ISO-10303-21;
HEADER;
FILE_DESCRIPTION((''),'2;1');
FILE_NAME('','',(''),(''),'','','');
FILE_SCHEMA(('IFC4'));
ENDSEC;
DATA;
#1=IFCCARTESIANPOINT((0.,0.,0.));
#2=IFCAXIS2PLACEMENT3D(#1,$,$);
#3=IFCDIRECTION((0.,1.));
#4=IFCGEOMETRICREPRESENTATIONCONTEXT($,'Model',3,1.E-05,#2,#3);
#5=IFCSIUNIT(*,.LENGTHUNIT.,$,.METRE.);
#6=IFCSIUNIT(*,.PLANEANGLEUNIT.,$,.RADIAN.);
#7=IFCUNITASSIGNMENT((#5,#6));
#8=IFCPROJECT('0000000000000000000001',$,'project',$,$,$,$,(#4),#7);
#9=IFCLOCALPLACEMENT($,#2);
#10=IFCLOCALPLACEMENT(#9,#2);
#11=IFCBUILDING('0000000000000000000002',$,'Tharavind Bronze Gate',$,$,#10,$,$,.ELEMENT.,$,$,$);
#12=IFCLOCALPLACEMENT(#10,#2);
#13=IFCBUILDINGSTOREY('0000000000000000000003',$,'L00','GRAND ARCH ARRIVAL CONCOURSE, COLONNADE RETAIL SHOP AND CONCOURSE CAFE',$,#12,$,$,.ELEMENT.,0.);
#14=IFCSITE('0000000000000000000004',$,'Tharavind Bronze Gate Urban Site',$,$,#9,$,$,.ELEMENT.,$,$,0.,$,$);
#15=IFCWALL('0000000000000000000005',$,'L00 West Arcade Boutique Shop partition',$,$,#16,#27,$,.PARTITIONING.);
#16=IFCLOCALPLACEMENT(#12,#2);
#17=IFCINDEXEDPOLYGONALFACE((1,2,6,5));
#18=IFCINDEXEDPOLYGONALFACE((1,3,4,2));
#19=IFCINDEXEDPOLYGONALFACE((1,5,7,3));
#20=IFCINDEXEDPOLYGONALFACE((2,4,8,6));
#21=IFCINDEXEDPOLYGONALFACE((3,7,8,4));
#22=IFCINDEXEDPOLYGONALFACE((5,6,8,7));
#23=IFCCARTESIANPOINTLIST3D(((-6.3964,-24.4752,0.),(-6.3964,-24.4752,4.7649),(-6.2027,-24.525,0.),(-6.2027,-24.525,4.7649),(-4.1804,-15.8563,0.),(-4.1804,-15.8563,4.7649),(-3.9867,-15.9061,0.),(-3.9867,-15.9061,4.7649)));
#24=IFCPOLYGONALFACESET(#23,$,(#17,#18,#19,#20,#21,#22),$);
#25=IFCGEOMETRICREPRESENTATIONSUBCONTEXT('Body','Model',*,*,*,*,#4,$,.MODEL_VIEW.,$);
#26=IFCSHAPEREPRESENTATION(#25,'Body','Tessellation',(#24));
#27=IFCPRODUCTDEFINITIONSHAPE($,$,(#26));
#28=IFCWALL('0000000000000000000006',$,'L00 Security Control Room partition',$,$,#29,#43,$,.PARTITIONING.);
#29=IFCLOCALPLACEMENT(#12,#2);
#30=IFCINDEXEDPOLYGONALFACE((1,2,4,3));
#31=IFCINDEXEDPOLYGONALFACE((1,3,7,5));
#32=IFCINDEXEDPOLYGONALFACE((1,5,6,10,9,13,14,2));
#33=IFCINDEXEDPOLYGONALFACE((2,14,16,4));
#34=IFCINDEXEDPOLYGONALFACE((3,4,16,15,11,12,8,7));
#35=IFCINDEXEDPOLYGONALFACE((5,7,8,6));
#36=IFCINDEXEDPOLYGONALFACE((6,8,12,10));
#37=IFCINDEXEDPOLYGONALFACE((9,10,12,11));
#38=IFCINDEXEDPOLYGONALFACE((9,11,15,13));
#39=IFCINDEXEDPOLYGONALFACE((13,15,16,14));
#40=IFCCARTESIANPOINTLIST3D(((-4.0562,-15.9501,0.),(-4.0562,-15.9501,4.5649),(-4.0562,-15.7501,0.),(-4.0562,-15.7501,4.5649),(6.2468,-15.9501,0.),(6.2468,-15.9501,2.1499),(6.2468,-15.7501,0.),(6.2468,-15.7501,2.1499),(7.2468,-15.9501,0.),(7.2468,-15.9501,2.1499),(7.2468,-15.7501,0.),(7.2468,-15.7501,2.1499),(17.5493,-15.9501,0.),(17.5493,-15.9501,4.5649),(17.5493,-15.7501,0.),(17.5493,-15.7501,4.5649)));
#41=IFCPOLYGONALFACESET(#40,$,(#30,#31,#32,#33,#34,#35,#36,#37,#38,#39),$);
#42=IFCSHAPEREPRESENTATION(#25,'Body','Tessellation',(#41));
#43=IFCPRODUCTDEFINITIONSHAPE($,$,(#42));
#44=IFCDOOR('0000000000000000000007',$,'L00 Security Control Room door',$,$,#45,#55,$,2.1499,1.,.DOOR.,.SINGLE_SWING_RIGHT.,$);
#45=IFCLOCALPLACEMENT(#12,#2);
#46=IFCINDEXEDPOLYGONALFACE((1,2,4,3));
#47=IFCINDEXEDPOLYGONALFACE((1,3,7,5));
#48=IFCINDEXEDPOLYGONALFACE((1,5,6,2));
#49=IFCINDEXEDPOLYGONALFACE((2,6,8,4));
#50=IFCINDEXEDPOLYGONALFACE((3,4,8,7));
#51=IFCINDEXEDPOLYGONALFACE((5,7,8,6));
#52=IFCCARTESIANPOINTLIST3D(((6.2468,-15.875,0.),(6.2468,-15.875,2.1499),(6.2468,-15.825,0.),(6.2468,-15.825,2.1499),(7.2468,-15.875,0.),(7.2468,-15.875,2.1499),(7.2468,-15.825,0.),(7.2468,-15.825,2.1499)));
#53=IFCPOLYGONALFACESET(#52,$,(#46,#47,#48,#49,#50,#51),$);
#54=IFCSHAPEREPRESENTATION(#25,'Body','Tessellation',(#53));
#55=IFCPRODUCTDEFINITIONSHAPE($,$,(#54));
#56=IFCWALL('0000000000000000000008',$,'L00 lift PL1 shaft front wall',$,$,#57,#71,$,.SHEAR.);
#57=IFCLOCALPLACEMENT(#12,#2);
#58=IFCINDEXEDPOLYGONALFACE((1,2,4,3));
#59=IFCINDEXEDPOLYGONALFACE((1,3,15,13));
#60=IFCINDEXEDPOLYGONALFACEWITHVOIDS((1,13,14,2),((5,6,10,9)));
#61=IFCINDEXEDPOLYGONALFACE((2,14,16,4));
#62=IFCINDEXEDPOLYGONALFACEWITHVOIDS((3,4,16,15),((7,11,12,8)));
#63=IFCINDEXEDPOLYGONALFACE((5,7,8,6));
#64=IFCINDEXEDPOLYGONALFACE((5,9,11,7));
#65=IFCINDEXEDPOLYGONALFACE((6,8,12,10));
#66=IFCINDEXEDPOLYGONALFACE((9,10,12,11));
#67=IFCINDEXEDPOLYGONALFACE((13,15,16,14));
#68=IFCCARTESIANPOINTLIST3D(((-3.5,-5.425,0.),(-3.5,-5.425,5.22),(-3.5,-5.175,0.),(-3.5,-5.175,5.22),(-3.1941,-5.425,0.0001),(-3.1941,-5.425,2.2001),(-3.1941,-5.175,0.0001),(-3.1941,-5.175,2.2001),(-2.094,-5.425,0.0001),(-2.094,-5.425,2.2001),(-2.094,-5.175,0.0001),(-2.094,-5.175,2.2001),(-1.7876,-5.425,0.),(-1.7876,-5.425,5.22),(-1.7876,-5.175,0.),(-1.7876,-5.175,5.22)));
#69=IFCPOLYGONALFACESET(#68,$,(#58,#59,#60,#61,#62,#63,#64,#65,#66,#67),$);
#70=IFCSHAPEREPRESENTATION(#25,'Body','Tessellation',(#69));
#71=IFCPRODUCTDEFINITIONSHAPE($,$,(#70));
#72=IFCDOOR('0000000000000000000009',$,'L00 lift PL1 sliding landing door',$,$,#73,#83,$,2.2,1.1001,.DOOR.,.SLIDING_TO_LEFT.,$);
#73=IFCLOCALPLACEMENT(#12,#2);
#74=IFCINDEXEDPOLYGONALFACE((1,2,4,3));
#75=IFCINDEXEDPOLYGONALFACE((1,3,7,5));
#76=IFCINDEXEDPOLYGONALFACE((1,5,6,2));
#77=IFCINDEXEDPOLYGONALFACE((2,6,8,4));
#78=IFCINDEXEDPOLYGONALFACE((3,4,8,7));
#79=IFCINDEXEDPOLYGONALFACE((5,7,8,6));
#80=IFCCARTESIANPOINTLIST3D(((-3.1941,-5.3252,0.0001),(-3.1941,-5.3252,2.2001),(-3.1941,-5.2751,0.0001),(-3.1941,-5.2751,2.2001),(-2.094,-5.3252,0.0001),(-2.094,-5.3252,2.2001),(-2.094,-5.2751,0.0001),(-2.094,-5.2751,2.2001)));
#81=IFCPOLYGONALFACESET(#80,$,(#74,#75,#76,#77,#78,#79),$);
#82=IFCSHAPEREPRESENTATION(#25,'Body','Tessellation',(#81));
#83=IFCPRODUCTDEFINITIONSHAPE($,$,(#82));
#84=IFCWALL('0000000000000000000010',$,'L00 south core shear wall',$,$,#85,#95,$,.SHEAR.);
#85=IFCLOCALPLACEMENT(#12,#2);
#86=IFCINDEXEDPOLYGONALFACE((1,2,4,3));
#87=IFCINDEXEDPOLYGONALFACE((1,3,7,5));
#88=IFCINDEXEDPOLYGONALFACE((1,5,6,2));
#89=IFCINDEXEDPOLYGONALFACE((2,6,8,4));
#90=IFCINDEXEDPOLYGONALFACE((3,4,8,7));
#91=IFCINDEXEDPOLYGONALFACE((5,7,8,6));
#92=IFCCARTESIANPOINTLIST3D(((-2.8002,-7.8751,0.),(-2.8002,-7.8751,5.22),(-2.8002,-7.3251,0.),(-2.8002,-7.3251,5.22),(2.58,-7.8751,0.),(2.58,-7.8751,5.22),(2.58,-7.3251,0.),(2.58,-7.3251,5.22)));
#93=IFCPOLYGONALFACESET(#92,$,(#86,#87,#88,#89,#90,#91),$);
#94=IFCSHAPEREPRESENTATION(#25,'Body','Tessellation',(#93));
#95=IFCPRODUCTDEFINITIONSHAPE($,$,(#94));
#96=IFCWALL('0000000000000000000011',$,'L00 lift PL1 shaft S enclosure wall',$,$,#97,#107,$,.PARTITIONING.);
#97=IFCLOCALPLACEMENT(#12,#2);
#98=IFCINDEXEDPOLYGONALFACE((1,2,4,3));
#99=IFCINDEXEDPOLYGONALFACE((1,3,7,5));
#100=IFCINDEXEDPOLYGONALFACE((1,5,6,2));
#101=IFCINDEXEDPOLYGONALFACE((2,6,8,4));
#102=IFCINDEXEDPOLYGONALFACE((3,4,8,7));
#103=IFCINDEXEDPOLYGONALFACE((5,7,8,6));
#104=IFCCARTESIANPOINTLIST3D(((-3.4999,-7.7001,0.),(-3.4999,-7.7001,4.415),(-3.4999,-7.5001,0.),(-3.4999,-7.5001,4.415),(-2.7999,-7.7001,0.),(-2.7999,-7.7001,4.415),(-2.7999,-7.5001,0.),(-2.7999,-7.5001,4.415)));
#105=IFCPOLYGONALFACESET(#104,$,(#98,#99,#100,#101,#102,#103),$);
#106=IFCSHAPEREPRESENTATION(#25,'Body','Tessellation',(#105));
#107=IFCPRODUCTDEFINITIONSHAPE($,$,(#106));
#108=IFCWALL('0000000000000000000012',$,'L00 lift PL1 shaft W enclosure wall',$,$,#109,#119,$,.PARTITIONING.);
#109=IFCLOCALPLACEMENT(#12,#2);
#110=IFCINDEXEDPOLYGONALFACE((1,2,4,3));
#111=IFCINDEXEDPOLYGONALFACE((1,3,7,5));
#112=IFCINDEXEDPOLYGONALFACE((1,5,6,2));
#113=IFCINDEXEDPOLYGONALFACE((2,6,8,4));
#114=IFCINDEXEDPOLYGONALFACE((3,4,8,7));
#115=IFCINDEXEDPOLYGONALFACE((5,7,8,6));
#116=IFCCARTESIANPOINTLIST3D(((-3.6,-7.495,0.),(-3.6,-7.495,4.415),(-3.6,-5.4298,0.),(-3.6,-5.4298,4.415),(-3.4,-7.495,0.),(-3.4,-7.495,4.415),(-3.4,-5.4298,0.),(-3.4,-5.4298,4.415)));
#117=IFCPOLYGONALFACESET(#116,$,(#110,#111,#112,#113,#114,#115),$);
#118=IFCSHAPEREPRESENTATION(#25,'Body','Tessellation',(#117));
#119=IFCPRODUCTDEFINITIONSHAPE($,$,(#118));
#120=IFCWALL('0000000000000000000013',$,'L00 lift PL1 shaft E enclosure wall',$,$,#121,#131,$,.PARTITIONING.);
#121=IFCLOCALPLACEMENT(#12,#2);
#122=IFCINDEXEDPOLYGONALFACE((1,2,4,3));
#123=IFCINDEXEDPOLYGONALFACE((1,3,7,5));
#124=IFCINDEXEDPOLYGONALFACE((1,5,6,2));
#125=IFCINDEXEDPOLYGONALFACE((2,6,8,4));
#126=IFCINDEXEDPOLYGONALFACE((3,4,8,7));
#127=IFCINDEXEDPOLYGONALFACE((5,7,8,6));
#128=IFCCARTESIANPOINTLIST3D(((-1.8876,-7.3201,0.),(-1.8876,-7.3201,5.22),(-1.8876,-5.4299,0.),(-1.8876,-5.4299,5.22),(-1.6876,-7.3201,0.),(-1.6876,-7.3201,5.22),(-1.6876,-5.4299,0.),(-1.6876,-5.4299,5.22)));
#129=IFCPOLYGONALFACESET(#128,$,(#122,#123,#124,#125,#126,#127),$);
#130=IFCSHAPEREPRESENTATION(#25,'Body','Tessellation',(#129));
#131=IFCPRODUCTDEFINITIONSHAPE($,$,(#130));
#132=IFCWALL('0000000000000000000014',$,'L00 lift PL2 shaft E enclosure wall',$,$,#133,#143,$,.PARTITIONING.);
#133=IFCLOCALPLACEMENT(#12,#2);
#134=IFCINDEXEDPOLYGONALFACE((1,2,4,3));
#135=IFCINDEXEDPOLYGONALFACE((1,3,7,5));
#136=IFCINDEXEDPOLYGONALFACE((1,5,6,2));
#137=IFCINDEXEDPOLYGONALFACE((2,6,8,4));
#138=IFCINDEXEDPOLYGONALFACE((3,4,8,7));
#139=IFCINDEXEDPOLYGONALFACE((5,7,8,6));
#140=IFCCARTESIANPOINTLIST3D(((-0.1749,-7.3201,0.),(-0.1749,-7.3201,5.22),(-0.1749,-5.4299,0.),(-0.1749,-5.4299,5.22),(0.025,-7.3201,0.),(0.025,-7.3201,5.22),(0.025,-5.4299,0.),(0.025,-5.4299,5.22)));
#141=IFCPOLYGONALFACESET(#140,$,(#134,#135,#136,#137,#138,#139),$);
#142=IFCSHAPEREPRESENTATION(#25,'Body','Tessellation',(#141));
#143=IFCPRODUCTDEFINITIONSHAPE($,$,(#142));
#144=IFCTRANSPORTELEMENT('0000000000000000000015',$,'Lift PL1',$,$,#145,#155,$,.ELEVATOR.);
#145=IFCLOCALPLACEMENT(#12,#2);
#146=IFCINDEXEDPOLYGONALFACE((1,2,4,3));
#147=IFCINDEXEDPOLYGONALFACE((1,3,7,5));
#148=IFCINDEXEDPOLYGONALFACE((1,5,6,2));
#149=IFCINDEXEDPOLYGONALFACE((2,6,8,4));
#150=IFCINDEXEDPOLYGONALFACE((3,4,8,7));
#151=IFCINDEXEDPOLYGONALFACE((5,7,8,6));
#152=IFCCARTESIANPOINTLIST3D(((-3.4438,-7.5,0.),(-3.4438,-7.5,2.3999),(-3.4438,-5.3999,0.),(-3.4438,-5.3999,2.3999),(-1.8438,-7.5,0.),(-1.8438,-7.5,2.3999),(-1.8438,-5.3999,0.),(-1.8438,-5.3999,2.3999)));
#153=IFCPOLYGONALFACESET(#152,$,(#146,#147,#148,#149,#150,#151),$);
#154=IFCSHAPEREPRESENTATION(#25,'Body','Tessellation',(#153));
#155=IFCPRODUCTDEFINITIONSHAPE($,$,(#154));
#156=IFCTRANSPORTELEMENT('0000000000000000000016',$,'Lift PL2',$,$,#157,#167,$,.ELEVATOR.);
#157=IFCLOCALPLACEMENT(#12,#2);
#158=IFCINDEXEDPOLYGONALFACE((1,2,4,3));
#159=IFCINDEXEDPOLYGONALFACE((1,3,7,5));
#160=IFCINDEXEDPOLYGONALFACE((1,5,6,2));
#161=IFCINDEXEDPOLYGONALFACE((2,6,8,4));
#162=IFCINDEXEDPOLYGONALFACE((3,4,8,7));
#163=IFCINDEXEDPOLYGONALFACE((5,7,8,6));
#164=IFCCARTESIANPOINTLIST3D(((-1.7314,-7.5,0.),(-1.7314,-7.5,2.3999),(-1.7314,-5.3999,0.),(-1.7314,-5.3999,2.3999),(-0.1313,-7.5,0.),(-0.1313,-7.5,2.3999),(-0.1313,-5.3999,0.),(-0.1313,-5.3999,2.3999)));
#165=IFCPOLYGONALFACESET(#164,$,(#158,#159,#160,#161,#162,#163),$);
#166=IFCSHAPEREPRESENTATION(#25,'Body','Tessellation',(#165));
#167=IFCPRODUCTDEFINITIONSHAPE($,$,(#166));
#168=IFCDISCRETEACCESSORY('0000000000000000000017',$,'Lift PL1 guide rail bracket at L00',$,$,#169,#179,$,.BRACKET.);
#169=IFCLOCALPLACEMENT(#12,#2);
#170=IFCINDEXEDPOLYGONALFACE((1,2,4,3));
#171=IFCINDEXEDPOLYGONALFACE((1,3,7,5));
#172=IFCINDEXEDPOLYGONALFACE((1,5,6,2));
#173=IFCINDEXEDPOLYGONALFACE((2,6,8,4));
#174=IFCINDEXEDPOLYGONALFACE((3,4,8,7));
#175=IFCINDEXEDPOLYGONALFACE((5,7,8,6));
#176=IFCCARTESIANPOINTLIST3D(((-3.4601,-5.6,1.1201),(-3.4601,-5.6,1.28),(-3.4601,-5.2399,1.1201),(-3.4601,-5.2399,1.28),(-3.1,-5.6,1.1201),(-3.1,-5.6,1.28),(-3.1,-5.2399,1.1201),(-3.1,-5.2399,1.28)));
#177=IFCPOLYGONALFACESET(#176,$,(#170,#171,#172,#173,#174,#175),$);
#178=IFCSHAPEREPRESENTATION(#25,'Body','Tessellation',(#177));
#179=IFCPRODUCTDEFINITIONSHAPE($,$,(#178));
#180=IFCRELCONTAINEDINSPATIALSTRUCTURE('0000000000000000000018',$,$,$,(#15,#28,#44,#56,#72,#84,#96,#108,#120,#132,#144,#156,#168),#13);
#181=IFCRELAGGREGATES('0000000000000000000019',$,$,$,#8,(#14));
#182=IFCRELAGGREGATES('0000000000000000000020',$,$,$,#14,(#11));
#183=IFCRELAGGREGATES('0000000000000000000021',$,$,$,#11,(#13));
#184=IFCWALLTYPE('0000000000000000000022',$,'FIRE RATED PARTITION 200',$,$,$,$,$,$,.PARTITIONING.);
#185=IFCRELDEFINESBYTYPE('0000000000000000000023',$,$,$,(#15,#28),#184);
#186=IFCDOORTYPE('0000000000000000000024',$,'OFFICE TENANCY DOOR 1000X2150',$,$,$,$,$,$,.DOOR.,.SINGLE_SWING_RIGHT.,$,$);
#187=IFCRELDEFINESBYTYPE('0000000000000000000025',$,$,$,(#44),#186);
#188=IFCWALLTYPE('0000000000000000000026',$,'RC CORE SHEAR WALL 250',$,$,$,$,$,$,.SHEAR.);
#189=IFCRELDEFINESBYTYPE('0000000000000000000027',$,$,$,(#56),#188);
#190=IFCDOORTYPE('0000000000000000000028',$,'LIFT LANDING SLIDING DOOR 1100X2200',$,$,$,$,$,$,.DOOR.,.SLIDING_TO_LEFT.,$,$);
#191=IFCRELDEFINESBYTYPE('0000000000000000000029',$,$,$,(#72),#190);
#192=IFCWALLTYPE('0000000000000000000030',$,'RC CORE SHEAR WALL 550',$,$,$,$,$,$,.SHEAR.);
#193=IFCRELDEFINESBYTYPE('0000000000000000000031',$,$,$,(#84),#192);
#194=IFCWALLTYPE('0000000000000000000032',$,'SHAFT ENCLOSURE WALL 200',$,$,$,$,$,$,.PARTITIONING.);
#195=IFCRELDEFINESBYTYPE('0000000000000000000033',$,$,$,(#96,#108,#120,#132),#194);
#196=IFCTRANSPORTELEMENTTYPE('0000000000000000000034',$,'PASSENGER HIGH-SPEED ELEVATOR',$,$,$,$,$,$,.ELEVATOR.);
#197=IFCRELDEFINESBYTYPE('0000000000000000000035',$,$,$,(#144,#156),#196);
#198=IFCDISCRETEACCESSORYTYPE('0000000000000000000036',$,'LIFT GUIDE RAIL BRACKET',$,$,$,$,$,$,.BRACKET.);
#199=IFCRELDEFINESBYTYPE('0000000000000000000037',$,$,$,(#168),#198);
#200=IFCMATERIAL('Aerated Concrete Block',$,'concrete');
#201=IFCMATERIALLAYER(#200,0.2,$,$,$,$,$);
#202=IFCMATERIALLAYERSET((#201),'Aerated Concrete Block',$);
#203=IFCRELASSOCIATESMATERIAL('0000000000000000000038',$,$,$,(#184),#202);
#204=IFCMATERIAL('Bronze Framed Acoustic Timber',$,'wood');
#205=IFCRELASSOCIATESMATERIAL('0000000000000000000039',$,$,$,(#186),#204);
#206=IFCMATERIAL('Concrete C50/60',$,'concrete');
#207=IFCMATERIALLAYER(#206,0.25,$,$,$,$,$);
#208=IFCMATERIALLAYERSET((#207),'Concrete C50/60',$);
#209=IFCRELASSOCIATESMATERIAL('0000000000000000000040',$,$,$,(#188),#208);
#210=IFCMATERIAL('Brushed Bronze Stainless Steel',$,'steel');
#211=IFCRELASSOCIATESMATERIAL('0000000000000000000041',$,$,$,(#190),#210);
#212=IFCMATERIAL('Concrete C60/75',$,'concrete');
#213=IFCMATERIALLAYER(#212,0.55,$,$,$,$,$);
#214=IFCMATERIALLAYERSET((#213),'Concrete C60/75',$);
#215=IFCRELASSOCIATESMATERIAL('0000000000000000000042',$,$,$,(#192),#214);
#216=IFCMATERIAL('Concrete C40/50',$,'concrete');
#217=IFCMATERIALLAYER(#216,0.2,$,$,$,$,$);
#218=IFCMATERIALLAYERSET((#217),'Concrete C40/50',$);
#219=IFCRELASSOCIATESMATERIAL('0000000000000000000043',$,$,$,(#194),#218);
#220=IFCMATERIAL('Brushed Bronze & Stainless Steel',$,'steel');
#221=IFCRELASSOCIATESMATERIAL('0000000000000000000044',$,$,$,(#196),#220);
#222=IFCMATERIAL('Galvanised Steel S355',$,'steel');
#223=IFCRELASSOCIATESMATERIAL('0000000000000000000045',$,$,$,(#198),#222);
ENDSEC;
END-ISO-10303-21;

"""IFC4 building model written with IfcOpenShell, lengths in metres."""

from ifc_helpers import new_model, si_unit, direction, frame, frame_2d, origin, origin_2d, place, context, subcontext, project, spatial, rectangle, extrude, material, layer, layer_set, type_object, element, fill, save


model = new_model("IFC4")

# Units and contexts
model_context = context("Model", 3, precision=1e-05, world=origin(), true_north=direction((0.0, 1.0)))
body_context = subcontext(model_context, "Body", "Model", "MODEL_VIEW")
ifc_project = project(units=[si_unit("LENGTHUNIT", "METRE"), si_unit("PLANEANGLEUNIT", "RADIAN")], contexts=[model_context])

# Site, building, storey
site_placement = place(None, origin())
site = spatial("IfcSite", under=ifc_project, at=site_placement, Name="Tharavind Bronze Gate Urban Site", CompositionType="ELEMENT", RefElevation=0.0)
building_placement = place(site_placement, origin())
building = spatial("IfcBuilding", under=site, at=building_placement, Name="Tharavind Bronze Gate", CompositionType="ELEMENT")
storey_placement = place(building_placement, origin())
storey = spatial("IfcBuildingStorey", under=building, at=storey_placement, Name="L00", Description="GRAND ARCH ARRIVAL CONCOURSE, COLONNADE RETAIL SHOP AND CONCOURSE CAFE", CompositionType="ELEMENT", Elevation=0.0)

# Shared definitions
ifc_material_1 = material(Name="Concrete C50/60", Category="concrete")

# Shared definitions
ifc_material_2 = material(Name="Aerated Concrete Block", Category="concrete")
ifc_layer_1 = layer(ifc_material_2, 0.2)
ifc_layer_set_1 = layer_set([ifc_layer_1], Name="Aerated Concrete Block")
wall_type_1 = type_object("IfcWallType", Name="FIRE RATED PARTITION 200", PredefinedType="PARTITIONING", material=ifc_layer_set_1)

# Wall
wall_1_placement = place(storey_placement, frame((-4.0835, -15.8811, 0.0), z_axis=(0.0, 0.0, 1.0), x_axis=(-0.249018, -0.968499, 0.0)))
element("IfcWall", 1, at=wall_1_placement, inside=storey, type_object=wall_type_1, Name="L00 West Arcade Boutique Shop partition", PredefinedType="PARTITIONING", context=body_context, shape_type="SweptSolid", body=[
    extrude(rectangle(XDim=8.8992, YDim=0.2, at=frame_2d((4.4497, 0.0))), origin(), (0.0, 0.0, 1.0), 4.7649),
])

# Walls, openings, doors
wall_2_placement = place(storey_placement, frame((-4.0562, -15.8501, 0.0), z_axis=(0.0, 0.0, 1.0), x_axis=(1.0, 0.0, 0.0)))
wall_2 = element("IfcWall", 2, at=wall_2_placement, inside=storey, type_object=wall_type_1, Name="L00 Security Control Room partition", PredefinedType="PARTITIONING", context=body_context, shape_type="SweptSolid", body=[
    extrude(rectangle(XDim=21.6055, YDim=0.2, at=frame_2d((10.8027, 0.0))), origin(), (0.0, 0.0, 1.0), 4.5649),
])
opening_1_placement = place(wall_2_placement, frame((10.303, 0.0, 0.0)))
opening_1 = element("IfcOpeningElement", 3, at=opening_1_placement, cuts=wall_2, PredefinedType="OPENING", context=body_context, shape_type="SweptSolid", body=[
    extrude(rectangle(XDim=1.0, YDim=2.1499, at=frame_2d((0.5, 1.075))), frame((0.0, 0.1101, 0.0), z_axis=(0.0, -1.0, 0.0), x_axis=(1.0, 0.0, 0.0)), (0.0, 0.0, 1.0), 0.22),
])
ifc_material_3 = material(Name="Bronze Framed Acoustic Timber", Category="wood")
door_type_1 = type_object("IfcDoorType", Name="OFFICE TENANCY DOOR 1000X2150", OperationType="SINGLE_SWING_RIGHT", PredefinedType="DOOR", material=ifc_material_3)
door_1_placement = place(opening_1_placement, frame((1.0, 0.0, 0.0), z_axis=(0.0, 0.0, 1.0), x_axis=(-1.0, 0.0, 0.0)))
door_1 = element("IfcDoor", 4, at=door_1_placement, inside=storey, type_object=door_type_1, Name="L00 Security Control Room door", OperationType="SINGLE_SWING_RIGHT", OverallHeight=2.1499, OverallWidth=1.0, PredefinedType="DOOR", context=body_context, shape_type="SweptSolid", body=[
    extrude(rectangle(XDim=1.0, YDim=2.1499, at=frame_2d((0.5, 1.075))), frame((0.0, 0.0249, 0.0), z_axis=(0.0, -1.0, 0.0), x_axis=(1.0, 0.0, 0.0)), (0.0, 0.0, 1.0), 0.05),
])
fill(opening_1, door_1)
ifc_layer_2 = layer(ifc_material_1, 0.25)
ifc_layer_set_2 = layer_set([ifc_layer_2], Name="Concrete C50/60")
wall_type_2 = type_object("IfcWallType", Name="RC CORE SHEAR WALL 250", PredefinedType="SHEAR", material=ifc_layer_set_2)
wall_3_placement = place(storey_placement, frame((-3.5, -5.3, 0.0), z_axis=(0.0, 0.0, 1.0), x_axis=(1.0, 0.0, 0.0)))
wall_3 = element("IfcWall", 5, at=wall_3_placement, inside=storey, type_object=wall_type_2, Name="L00 lift PL1 shaft front wall", PredefinedType="SHEAR", context=body_context, shape_type="SweptSolid", body=[
    extrude(rectangle(XDim=1.7124, YDim=0.25, at=frame_2d((0.8562, 0.0))), origin(), (0.0, 0.0, 1.0), 5.22),
])
opening_2_placement = place(wall_3_placement, frame((0.3059, 0.0, 0.0)))
opening_2 = element("IfcOpeningElement", 6, at=opening_2_placement, cuts=wall_3, PredefinedType="OPENING", context=body_context, shape_type="SweptSolid", body=[
    extrude(rectangle(XDim=1.1001, YDim=2.2, at=frame_2d((0.55, 1.1001))), frame((0.0, 0.135, 0.0), z_axis=(0.0, -1.0, 0.0), x_axis=(1.0, 0.0, 0.0)), (0.0, 0.0, 1.0), 0.27),
])
ifc_material_4 = material(Name="Brushed Bronze Stainless Steel", Category="steel")
door_type_2 = type_object("IfcDoorType", Name="LIFT LANDING SLIDING DOOR 1100X2200", OperationType="SLIDING_TO_LEFT", PredefinedType="DOOR", material=ifc_material_4)
door_2_placement = place(opening_2_placement, origin())
door_2 = element("IfcDoor", 7, at=door_2_placement, inside=storey, type_object=door_type_2, Name="L00 lift PL1 sliding landing door", OperationType="SLIDING_TO_LEFT", OverallHeight=2.2, OverallWidth=1.1001, PredefinedType="DOOR", context=body_context, shape_type="SweptSolid", body=[
    extrude(rectangle(XDim=1.1001, YDim=2.2, at=frame_2d((0.55, 1.1001))), frame((0.0, 0.0249, 0.0), z_axis=(0.0, -1.0, 0.0), x_axis=(1.0, 0.0, 0.0)), (0.0, 0.0, 1.0), 0.05),
])
fill(opening_2, door_2)

# Walls
ifc_material_5 = material(Name="Concrete C60/75", Category="concrete")
ifc_layer_3 = layer(ifc_material_5, 0.55)
ifc_layer_set_3 = layer_set([ifc_layer_3], Name="Concrete C60/75")
wall_type_3 = type_object("IfcWallType", Name="RC CORE SHEAR WALL 550", PredefinedType="SHEAR", material=ifc_layer_set_3)
wall_4_placement = place(storey_placement, frame((-2.8, -7.6001, 0.0), z_axis=(0.0, 0.0, 1.0), x_axis=(1.0, 0.0, 0.0)))
element("IfcWall", 8, at=wall_4_placement, inside=storey, type_object=wall_type_3, Name="L00 south core shear wall", PredefinedType="SHEAR", context=body_context, shape_type="SweptSolid", body=[
    extrude(rectangle(XDim=5.3801, YDim=0.55, at=frame_2d((2.6899, 0.0))), origin(), (0.0, 0.0, 1.0), 5.22),
])
ifc_material_6 = material(Name="Concrete C40/50", Category="concrete")
ifc_layer_4 = layer(ifc_material_6, 0.2)
ifc_layer_set_4 = layer_set([ifc_layer_4], Name="Concrete C40/50")
wall_type_4 = type_object("IfcWallType", Name="SHAFT ENCLOSURE WALL 200", PredefinedType="PARTITIONING", material=ifc_layer_set_4)
wall_5_placement = place(storey_placement, frame((-3.5, -7.6001, 0.0), z_axis=(0.0, 0.0, 1.0), x_axis=(1.0, 0.0, 0.0)))
element("IfcWall", 9, at=wall_5_placement, inside=storey, type_object=wall_type_4, Name="L00 lift PL1 shaft S enclosure wall", PredefinedType="PARTITIONING", context=body_context, shape_type="SweptSolid", body=[
    extrude(rectangle(XDim=0.7, YDim=0.2, at=frame_2d((0.3501, 0.0))), origin(), (0.0, 0.0, 1.0), 4.415),
])
wall_6_placement = place(storey_placement, frame((-3.5, -7.4951, 0.0), z_axis=(0.0, 0.0, 1.0), x_axis=(0.0, 1.0, 0.0)))
element("IfcWall", 10, at=wall_6_placement, inside=storey, type_object=wall_type_4, Name="L00 lift PL1 shaft W enclosure wall", PredefinedType="PARTITIONING", context=body_context, shape_type="SweptSolid", body=[
    extrude(rectangle(XDim=2.0652, YDim=0.2, at=frame_2d((1.0327, 0.0))), origin(), (0.0, 0.0, 1.0), 4.415),
])
for number, where, z_axis, x_axis, name in (
    (11, (-1.7876, -7.3201, 0.0), (0.0, 0.0, 1.0), (0.0, 1.0, 0.0), "L00 lift PL1 shaft E enclosure wall"),
    (12, (-0.075, -7.3201, 0.0), (0.0, 0.0, 1.0), (0.0, 1.0, 0.0), "L00 lift PL2 shaft E enclosure wall"),
):
    element("IfcWall", number, at=place(storey_placement, frame(where, z_axis=z_axis, x_axis=x_axis)), inside=storey, type_object=wall_type_4, Name=name, PredefinedType="PARTITIONING", context=body_context, shape_type="SweptSolid", body=[
        extrude(rectangle(XDim=1.8901, YDim=0.2, at=frame_2d((0.9451, 0.0))), origin(), (0.0, 0.0, 1.0), 5.22),
    ])

# Transport elements
ifc_material_7 = material(Name="Brushed Bronze & Stainless Steel", Category="steel")
transport_element_type = type_object("IfcTransportElementType", Name="PASSENGER HIGH-SPEED ELEVATOR", PredefinedType="ELEVATOR", material=ifc_material_7)
for number, where, z_axis, x_axis, name in (
    (13, (-2.6438, -6.45, 0.0), (0.0, 0.0, 1.0), (1.0, 0.0, 0.0), "Lift PL1"),
    (14, (-0.9314, -6.45, 0.0), (0.0, 0.0, 1.0), (1.0, 0.0, 0.0), "Lift PL2"),
):
    element("IfcTransportElement", number, at=place(storey_placement, frame(where, z_axis=z_axis, x_axis=x_axis)), inside=storey, type_object=transport_element_type, Name=name, PredefinedType="ELEVATOR", context=body_context, shape_type="SweptSolid", body=[
        extrude(rectangle(XDim=1.6001, YDim=2.1001, at=origin_2d()), origin(), (0.0, 0.0, 1.0), 2.3999),
    ])

# Discrete accessory
ifc_material_8 = material(Name="Galvanised Steel S355", Category="steel")
discrete_accessory_type = type_object("IfcDiscreteAccessoryType", Name="LIFT GUIDE RAIL BRACKET", PredefinedType="BRACKET", material=ifc_material_8)
for number, where, z_axis, x_axis, name in (
    (15, (-3.28, -5.4199, 1.1201), (0.0, 0.0, 1.0), (1.0, 0.0, 0.0), "Lift PL1 guide rail bracket at L00"),
):
    element("IfcDiscreteAccessory", number, at=place(storey_placement, frame(where, z_axis=z_axis, x_axis=x_axis)), inside=storey, type_object=discrete_accessory_type, Name=name, PredefinedType="BRACKET", context=body_context, shape_type="SweptSolid", body=[
        extrude(rectangle(XDim=0.3601, YDim=0.3601, at=origin_2d()), origin(), (0.0, 0.0, 1.0), 0.1599),
    ])

save(model, "model.ifc")
